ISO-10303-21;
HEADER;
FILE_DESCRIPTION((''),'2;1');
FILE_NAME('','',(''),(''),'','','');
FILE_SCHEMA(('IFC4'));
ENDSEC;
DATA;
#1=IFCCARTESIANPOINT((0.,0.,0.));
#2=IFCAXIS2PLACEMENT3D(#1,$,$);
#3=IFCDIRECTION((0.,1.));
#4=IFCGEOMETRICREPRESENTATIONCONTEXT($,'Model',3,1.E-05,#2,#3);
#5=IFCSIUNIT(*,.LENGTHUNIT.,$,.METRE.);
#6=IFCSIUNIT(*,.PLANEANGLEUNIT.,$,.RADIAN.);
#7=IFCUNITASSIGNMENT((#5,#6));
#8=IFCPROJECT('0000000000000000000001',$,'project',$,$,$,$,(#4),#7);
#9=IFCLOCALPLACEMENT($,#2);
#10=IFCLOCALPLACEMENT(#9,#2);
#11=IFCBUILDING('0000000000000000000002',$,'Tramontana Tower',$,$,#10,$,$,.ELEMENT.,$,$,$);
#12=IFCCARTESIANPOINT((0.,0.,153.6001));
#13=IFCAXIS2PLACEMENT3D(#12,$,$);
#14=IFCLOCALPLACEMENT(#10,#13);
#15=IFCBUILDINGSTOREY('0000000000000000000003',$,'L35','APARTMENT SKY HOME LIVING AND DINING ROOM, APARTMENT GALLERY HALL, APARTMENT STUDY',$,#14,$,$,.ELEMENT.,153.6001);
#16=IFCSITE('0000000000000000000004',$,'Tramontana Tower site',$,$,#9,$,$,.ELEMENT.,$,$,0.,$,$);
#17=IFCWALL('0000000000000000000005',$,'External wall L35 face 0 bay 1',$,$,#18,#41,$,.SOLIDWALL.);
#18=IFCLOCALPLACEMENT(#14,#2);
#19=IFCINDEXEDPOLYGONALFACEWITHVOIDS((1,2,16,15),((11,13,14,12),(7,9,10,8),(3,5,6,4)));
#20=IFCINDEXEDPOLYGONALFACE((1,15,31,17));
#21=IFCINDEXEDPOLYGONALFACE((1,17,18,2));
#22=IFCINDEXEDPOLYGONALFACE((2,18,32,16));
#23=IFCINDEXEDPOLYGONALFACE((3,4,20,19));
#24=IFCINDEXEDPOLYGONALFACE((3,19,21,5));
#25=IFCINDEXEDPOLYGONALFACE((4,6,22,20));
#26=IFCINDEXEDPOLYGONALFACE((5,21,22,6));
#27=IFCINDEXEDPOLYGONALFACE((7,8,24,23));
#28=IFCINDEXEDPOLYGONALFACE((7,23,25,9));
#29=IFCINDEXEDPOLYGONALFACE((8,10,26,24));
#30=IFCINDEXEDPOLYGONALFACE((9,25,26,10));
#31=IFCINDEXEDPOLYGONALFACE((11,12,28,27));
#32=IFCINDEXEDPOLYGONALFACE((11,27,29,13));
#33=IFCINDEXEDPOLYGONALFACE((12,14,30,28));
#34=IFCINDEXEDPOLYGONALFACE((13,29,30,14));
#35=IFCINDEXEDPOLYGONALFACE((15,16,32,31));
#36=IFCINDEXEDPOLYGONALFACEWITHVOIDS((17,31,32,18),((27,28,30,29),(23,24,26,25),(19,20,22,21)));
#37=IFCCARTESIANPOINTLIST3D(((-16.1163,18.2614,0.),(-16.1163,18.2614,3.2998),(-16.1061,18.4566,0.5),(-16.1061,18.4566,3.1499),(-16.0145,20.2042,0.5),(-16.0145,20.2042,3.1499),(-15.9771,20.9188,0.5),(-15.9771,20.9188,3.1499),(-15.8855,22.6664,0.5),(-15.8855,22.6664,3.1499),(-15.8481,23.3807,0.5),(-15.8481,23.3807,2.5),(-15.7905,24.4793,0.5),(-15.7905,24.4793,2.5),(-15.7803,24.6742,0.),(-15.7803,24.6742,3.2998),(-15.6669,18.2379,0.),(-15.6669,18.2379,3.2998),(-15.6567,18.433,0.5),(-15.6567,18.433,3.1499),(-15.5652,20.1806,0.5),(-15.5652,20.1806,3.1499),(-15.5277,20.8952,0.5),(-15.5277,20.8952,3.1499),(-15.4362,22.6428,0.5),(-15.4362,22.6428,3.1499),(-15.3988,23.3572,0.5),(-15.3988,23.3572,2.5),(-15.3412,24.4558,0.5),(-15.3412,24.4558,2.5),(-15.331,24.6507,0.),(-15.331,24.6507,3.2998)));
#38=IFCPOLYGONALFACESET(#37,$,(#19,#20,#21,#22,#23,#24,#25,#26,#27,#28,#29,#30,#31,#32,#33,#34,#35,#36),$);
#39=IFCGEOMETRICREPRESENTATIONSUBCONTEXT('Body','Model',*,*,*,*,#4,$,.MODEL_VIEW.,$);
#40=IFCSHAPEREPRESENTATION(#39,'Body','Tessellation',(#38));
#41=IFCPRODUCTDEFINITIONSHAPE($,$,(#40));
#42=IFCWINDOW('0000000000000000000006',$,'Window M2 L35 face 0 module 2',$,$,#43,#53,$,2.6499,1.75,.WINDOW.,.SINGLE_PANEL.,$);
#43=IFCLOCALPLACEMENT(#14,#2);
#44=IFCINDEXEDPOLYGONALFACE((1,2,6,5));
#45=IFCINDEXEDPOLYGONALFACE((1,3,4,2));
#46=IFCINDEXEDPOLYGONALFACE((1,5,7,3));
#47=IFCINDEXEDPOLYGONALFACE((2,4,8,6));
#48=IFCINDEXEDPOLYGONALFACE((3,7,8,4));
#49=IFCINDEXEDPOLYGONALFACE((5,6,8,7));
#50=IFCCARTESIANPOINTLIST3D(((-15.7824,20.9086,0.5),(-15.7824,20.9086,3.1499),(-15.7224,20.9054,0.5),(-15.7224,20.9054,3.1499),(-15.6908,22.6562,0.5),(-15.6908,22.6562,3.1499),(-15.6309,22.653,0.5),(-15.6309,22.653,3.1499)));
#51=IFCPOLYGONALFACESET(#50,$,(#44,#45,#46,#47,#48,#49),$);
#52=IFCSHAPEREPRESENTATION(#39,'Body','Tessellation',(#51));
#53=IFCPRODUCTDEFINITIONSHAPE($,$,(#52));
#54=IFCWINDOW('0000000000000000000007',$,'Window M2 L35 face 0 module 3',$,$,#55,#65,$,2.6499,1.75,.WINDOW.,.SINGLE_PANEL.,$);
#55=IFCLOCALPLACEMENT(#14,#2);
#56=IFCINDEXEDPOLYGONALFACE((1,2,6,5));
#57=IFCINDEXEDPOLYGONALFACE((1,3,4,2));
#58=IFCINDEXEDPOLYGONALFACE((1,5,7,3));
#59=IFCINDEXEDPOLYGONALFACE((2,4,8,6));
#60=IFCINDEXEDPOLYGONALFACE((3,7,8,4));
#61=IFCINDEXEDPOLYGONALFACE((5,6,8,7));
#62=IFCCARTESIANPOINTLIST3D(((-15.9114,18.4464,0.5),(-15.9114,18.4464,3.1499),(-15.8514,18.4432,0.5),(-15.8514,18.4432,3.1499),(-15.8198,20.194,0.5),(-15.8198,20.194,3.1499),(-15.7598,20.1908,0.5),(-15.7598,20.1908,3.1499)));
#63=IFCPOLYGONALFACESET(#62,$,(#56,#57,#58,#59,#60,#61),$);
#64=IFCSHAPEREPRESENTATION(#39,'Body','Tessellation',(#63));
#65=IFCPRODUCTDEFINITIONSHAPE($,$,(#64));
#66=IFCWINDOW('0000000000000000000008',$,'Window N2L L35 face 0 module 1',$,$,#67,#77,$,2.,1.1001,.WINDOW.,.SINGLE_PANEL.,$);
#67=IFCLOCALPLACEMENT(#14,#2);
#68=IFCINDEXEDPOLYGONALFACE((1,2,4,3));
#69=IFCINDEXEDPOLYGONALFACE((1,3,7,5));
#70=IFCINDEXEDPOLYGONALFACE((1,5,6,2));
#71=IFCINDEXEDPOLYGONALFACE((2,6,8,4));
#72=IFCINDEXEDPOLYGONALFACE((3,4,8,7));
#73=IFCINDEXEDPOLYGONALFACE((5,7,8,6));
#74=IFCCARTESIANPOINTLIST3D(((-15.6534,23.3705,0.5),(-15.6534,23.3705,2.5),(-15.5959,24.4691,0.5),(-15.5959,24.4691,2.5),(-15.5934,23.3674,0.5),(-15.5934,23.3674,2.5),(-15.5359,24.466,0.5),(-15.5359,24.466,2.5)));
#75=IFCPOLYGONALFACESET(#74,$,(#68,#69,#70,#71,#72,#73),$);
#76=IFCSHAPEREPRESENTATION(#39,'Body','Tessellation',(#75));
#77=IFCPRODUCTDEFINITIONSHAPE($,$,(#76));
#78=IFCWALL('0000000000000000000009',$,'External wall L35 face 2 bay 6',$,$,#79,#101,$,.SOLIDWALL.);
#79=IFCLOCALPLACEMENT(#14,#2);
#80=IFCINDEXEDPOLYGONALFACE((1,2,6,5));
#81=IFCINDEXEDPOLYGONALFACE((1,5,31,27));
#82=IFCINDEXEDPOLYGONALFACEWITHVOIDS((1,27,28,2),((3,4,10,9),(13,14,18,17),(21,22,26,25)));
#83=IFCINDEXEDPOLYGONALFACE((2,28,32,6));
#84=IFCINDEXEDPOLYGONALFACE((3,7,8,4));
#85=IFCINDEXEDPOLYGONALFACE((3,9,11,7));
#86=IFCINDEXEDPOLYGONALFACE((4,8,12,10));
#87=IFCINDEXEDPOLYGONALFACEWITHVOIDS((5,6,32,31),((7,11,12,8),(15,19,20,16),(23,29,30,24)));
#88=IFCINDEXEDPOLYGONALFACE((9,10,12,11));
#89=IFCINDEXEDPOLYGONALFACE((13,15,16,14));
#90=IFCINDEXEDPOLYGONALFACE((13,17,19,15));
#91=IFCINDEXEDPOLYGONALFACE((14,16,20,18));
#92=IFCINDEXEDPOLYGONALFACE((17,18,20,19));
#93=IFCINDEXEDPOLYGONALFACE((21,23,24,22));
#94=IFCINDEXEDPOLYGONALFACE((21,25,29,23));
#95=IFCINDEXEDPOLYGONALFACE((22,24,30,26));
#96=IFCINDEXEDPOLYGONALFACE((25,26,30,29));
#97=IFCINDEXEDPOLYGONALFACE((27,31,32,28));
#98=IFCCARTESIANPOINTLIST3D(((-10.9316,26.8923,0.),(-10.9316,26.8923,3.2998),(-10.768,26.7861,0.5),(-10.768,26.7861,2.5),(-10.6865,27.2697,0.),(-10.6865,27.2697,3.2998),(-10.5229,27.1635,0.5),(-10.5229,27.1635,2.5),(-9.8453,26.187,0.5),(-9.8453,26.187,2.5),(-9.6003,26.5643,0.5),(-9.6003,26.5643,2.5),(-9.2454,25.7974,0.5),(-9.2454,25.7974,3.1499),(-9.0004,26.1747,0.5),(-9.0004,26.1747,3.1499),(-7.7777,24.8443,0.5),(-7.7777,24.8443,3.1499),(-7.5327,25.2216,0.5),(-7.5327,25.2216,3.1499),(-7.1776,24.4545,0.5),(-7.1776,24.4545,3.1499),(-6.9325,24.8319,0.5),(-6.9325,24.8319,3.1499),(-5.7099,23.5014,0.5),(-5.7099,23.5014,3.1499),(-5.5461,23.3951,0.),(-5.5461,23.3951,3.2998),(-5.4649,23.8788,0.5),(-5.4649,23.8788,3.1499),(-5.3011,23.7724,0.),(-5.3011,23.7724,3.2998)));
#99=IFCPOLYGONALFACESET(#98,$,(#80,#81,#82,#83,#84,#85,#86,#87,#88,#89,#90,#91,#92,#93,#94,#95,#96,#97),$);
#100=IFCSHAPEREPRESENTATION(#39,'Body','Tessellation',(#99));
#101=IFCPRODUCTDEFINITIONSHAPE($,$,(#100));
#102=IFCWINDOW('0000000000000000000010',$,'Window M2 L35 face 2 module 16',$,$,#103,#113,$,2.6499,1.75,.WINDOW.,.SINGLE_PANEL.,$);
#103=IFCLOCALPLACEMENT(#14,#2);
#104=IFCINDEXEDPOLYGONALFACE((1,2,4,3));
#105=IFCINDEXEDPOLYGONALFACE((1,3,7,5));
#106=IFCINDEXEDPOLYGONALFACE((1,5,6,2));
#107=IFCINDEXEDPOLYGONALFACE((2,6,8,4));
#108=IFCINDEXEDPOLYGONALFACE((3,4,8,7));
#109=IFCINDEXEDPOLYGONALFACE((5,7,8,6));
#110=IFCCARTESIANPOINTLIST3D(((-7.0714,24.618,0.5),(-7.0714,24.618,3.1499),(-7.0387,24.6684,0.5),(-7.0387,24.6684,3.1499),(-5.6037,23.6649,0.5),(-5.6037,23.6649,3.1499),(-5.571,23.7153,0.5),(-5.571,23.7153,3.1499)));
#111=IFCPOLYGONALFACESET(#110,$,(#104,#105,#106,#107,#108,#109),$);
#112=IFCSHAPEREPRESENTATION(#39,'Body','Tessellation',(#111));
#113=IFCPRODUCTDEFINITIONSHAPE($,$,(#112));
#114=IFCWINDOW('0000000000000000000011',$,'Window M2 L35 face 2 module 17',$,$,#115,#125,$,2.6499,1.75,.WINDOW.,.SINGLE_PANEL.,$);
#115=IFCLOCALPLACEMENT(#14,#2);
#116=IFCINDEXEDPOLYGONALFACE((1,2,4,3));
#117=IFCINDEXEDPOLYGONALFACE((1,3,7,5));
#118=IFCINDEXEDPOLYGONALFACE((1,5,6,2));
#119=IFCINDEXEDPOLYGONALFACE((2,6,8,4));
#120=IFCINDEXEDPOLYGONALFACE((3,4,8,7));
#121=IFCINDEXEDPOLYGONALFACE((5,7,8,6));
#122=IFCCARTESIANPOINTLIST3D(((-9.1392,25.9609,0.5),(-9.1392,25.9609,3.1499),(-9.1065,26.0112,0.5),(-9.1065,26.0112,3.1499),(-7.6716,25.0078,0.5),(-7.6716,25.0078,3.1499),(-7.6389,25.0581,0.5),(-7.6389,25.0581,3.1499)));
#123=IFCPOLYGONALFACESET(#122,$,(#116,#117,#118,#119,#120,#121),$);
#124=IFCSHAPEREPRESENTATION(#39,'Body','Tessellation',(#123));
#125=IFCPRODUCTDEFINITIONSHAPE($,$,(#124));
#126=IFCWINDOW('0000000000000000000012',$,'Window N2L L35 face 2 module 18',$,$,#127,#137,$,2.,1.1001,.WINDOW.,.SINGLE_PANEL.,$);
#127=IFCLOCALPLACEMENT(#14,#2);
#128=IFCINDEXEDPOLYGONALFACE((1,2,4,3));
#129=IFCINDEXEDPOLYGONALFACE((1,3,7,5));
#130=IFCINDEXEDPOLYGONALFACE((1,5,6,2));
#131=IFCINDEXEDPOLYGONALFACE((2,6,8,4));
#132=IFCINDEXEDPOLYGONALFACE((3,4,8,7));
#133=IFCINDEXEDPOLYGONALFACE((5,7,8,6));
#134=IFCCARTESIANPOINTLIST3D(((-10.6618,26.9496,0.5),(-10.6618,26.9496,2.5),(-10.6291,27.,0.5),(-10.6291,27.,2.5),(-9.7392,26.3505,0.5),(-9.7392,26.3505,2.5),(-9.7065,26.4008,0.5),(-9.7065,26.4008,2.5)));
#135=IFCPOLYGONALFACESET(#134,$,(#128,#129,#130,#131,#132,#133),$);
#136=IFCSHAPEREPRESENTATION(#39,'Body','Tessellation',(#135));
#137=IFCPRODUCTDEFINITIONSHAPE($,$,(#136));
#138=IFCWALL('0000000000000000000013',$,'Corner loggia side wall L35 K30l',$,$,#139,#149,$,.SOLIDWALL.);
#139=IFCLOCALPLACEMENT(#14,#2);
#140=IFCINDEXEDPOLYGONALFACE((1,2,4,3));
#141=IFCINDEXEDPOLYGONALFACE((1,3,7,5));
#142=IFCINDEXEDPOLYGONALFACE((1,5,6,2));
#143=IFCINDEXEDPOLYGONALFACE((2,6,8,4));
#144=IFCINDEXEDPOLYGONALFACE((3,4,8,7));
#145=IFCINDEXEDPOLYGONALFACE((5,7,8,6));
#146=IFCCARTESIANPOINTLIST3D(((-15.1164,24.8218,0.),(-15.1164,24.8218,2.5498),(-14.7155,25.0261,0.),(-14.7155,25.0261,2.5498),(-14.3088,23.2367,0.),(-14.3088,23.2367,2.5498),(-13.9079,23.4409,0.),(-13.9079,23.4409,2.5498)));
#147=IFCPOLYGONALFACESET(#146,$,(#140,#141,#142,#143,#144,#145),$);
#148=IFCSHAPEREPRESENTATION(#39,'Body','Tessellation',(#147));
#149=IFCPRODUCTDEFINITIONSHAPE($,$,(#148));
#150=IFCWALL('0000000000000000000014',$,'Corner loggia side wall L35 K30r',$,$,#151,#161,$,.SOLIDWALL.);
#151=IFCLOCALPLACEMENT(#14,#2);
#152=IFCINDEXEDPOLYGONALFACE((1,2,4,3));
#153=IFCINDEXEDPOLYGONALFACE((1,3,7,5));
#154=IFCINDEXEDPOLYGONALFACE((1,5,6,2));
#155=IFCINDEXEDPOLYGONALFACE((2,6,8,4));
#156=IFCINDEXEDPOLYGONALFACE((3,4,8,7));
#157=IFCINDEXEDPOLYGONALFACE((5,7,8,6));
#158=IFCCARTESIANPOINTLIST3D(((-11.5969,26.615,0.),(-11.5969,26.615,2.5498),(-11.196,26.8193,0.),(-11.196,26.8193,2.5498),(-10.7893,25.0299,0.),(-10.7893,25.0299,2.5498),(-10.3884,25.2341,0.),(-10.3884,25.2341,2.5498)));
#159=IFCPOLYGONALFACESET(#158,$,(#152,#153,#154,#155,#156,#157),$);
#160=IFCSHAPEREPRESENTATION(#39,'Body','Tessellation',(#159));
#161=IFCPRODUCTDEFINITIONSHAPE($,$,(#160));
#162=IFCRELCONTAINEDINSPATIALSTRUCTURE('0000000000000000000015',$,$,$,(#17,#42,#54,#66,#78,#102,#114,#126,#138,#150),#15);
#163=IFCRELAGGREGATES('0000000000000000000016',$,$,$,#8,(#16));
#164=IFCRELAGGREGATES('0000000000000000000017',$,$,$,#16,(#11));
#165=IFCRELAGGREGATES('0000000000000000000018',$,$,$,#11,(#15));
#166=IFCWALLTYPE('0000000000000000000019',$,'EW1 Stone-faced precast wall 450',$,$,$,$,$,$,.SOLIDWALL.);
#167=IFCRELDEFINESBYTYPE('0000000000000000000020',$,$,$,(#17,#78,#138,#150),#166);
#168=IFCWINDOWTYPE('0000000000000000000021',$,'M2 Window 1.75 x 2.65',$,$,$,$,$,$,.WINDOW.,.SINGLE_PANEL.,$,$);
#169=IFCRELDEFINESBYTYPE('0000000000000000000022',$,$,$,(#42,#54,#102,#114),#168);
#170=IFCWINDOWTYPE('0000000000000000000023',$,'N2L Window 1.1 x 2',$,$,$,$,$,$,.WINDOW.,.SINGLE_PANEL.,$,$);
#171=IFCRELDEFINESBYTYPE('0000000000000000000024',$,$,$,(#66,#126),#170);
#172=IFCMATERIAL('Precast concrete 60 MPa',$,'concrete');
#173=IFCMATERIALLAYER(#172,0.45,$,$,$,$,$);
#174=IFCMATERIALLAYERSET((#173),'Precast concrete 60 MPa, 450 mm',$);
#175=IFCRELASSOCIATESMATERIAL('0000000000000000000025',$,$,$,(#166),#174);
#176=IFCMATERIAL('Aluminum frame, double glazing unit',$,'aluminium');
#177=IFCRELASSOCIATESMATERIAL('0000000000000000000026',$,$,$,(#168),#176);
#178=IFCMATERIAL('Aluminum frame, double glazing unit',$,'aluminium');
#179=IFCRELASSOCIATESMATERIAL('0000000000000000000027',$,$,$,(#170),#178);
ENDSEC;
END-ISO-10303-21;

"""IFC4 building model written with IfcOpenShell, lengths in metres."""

from ifc_helpers import new_model, si_unit, direction, frame, frame_2d, origin, place, context, subcontext, project, spatial, rectangle, extrude, material, layer, layer_set, type_object, element, fill, save


model = new_model("IFC4")

# Units and contexts
model_context = context("Model", 3, precision=1e-05, world=origin(), true_north=direction((0.0, 1.0)))
body_context = subcontext(model_context, "Body", "Model", "MODEL_VIEW")
ifc_project = project(units=[si_unit("LENGTHUNIT", "METRE"), si_unit("PLANEANGLEUNIT", "RADIAN")], contexts=[model_context])

# Site, building, storey
site_placement = place(None, origin())
site = spatial("IfcSite", under=ifc_project, at=site_placement, Name="Tramontana Tower site", CompositionType="ELEMENT", RefElevation=0.0)
building_placement = place(site_placement, origin())
building = spatial("IfcBuilding", under=site, at=building_placement, Name="Tramontana Tower", CompositionType="ELEMENT")
storey_placement = place(building_placement, frame((0.0, 0.0, 153.6001)))
storey = spatial("IfcBuildingStorey", under=building, at=storey_placement, Name="L35", Description="APARTMENT SKY HOME LIVING AND DINING ROOM, APARTMENT GALLERY HALL, APARTMENT STUDY", CompositionType="ELEMENT", Elevation=153.6001)

# Walls, openings, windows
ifc_material_1 = material(Name="Precast concrete 60 MPa", Category="concrete")
ifc_layer_1 = layer(ifc_material_1, 0.45)
ifc_layer_set_1 = layer_set([ifc_layer_1], Name="Precast concrete 60 MPa, 450 mm")
wall_type_1 = type_object("IfcWallType", Name="EW1 Stone-faced precast wall 450", PredefinedType="SOLIDWALL", material=ifc_layer_set_1)
wall_1_placement = place(storey_placement, frame((-15.5557, 24.6626, 0.0), z_axis=(0.0, 0.0, 1.0), x_axis=(-0.052313, -0.998631, 0.0)))
wall_1 = element("IfcWall", 1, at=wall_1_placement, inside=storey, type_object=wall_type_1, Name="External wall L35 face 0 bay 1", PredefinedType="SOLIDWALL", context=body_context, shape_type="SweptSolid", body=[
    extrude(rectangle(XDim=6.4216, YDim=0.45, at=frame_2d((3.2109, 0.0))), origin(), (0.0, 0.0, 1.0), 3.2998),
])
opening_1_placement = place(wall_1_placement, frame((0.1953, 0.0, 0.5)))
opening_1 = element("IfcOpeningElement", 2, at=opening_1_placement, cuts=wall_1, PredefinedType="OPENING", context=body_context, shape_type="SweptSolid", body=[
    extrude(rectangle(XDim=1.1001, YDim=2.0, at=frame_2d((0.55, 1.0))), frame((0.0, 0.2349, 0.0), z_axis=(0.0, -1.0, 0.0), x_axis=(1.0, 0.0, 0.0)), (0.0, 0.0, 1.0), 0.47),
])
opening_2_placement = place(wall_1_placement, frame((2.0107, 0.0, 0.5)))
opening_2 = element("IfcOpeningElement", 3, at=opening_2_placement, cuts=wall_1, PredefinedType="OPENING", context=body_context, shape_type="SweptSolid", body=[
    extrude(rectangle(XDim=1.75, YDim=2.6499, at=frame_2d((0.875, 1.325))), frame((0.0, 0.2349, 0.0), z_axis=(0.0, -1.0, 0.0), x_axis=(1.0, 0.0, 0.0)), (0.0, 0.0, 1.0), 0.47),
])
opening_3_placement = place(wall_1_placement, frame((4.4763, 0.0, 0.5)))
opening_3 = element("IfcOpeningElement", 4, at=opening_3_placement, cuts=wall_1, PredefinedType="OPENING", context=body_context, shape_type="SweptSolid", body=[
    extrude(rectangle(XDim=1.75, YDim=2.6499, at=frame_2d((0.875, 1.325))), frame((0.0, 0.2349, 0.0), z_axis=(0.0, -1.0, 0.0), x_axis=(1.0, 0.0, 0.0)), (0.0, 0.0, 1.0), 0.47),
])
ifc_material_2 = material(Name="Aluminum frame, double glazing unit", Category="aluminium")
window_type_1 = type_object("IfcWindowType", Name="M2 Window 1.75 x 2.65", PartitioningType="SINGLE_PANEL", PredefinedType="WINDOW", material=ifc_material_2)
window_1_placement = place(opening_2_placement, origin())
window_1 = element("IfcWindow", 5, at=window_1_placement, inside=storey, type_object=window_type_1, Name="Window M2 L35 face 0 module 2", OverallHeight=2.6499, OverallWidth=1.75, PartitioningType="SINGLE_PANEL", PredefinedType="WINDOW", context=body_context, shape_type="SweptSolid", body=[
    extrude(rectangle(XDim=1.75, YDim=2.6499, at=frame_2d((0.875, 1.325))), frame((0.0, 0.03, 0.0), z_axis=(0.0, -1.0, 0.0), x_axis=(1.0, 0.0, 0.0)), (0.0, 0.0, 1.0), 0.0601),
])
fill(opening_2, window_1)
window_2_placement = place(opening_3_placement, origin())
window_2 = element("IfcWindow", 6, at=window_2_placement, inside=storey, type_object=window_type_1, Name="Window M2 L35 face 0 module 3", OverallHeight=2.6499, OverallWidth=1.75, PartitioningType="SINGLE_PANEL", PredefinedType="WINDOW", context=body_context, shape_type="SweptSolid", body=[
    extrude(rectangle(XDim=1.75, YDim=2.6499, at=frame_2d((0.875, 1.325))), frame((0.0, 0.03, 0.0), z_axis=(0.0, -1.0, 0.0), x_axis=(1.0, 0.0, 0.0)), (0.0, 0.0, 1.0), 0.0601),
])
fill(opening_3, window_2)
ifc_material_3 = material(Name="Aluminum frame, double glazing unit", Category="aluminium")
window_type_2 = type_object("IfcWindowType", Name="N2L Window 1.1 x 2", PartitioningType="SINGLE_PANEL", PredefinedType="WINDOW", material=ifc_material_3)
window_3_placement = place(opening_1_placement, origin())
window_3 = element("IfcWindow", 7, at=window_3_placement, inside=storey, type_object=window_type_2, Name="Window N2L L35 face 0 module 1", OverallHeight=2.0, OverallWidth=1.1001, PartitioningType="SINGLE_PANEL", PredefinedType="WINDOW", context=body_context, shape_type="SweptSolid", body=[
    extrude(rectangle(XDim=1.1001, YDim=2.0, at=frame_2d((0.55, 1.0))), frame((0.0, 0.03, 0.0), z_axis=(0.0, -1.0, 0.0), x_axis=(1.0, 0.0, 0.0)), (0.0, 0.0, 1.0), 0.0601),
])
fill(opening_1, window_3)
wall_2_placement = place(storey_placement, frame((-5.4236, 23.5837, 0.0), z_axis=(0.0, 0.0, 1.0), x_axis=(-0.838675, 0.544631, 0.0)))
wall_2 = element("IfcWall", 8, at=wall_2_placement, inside=storey, type_object=wall_type_1, Name="External wall L35 face 2 bay 6", PredefinedType="SOLIDWALL", context=body_context, shape_type="SweptSolid", body=[
    extrude(rectangle(XDim=6.4214, YDim=0.45, at=frame_2d((3.2107, 0.0))), origin(), (0.0, 0.0, 1.0), 3.2998),
])
opening_4_placement = place(wall_2_placement, frame((0.1953, 0.0, 0.5)))
opening_4 = element("IfcOpeningElement", 9, at=opening_4_placement, cuts=wall_2, PredefinedType="OPENING", context=body_context, shape_type="SweptSolid", body=[
    extrude(rectangle(XDim=1.75, YDim=2.6499, at=frame_2d((0.875, 1.325))), frame((0.0, 0.2349, 0.0), z_axis=(0.0, -1.0, 0.0), x_axis=(1.0, 0.0, 0.0)), (0.0, 0.0, 1.0), 0.47),
])
opening_5_placement = place(wall_2_placement, frame((2.6609, 0.0, 0.5)))
opening_5 = element("IfcOpeningElement", 10, at=opening_5_placement, cuts=wall_2, PredefinedType="OPENING", context=body_context, shape_type="SweptSolid", body=[
    extrude(rectangle(XDim=1.75, YDim=2.6499, at=frame_2d((0.875, 1.325))), frame((0.0, 0.2349, 0.0), z_axis=(0.0, -1.0, 0.0), x_axis=(1.0, 0.0, 0.0)), (0.0, 0.0, 1.0), 0.47),
])
opening_6_placement = place(wall_2_placement, frame((5.1262, 0.0, 0.5)))
opening_6 = element("IfcOpeningElement", 11, at=opening_6_placement, cuts=wall_2, PredefinedType="OPENING", context=body_context, shape_type="SweptSolid", body=[
    extrude(rectangle(XDim=1.1001, YDim=2.0, at=frame_2d((0.55, 1.0))), frame((0.0, 0.2349, 0.0), z_axis=(0.0, -1.0, 0.0), x_axis=(1.0, 0.0, 0.0)), (0.0, 0.0, 1.0), 0.47),
])
window_4_placement = place(opening_4_placement, origin())
window_4 = element("IfcWindow", 12, at=window_4_placement, inside=storey, type_object=window_type_1, Name="Window M2 L35 face 2 module 16", OverallHeight=2.6499, OverallWidth=1.75, PartitioningType="SINGLE_PANEL", PredefinedType="WINDOW", context=body_context, shape_type="SweptSolid", body=[
    extrude(rectangle(XDim=1.75, YDim=2.6499, at=frame_2d((0.875, 1.325))), frame((0.0, 0.03, 0.0), z_axis=(0.0, -1.0, 0.0), x_axis=(1.0, 0.0, 0.0)), (0.0, 0.0, 1.0), 0.0601),
])
fill(opening_4, window_4)
window_5_placement = place(opening_5_placement, origin())
window_5 = element("IfcWindow", 13, at=window_5_placement, inside=storey, type_object=window_type_1, Name="Window M2 L35 face 2 module 17", OverallHeight=2.6499, OverallWidth=1.75, PartitioningType="SINGLE_PANEL", PredefinedType="WINDOW", context=body_context, shape_type="SweptSolid", body=[
    extrude(rectangle(XDim=1.75, YDim=2.6499, at=frame_2d((0.875, 1.325))), frame((0.0, 0.03, 0.0), z_axis=(0.0, -1.0, 0.0), x_axis=(1.0, 0.0, 0.0)), (0.0, 0.0, 1.0), 0.0601),
])
fill(opening_5, window_5)
window_6_placement = place(opening_6_placement, origin())
window_6 = element("IfcWindow", 14, at=window_6_placement, inside=storey, type_object=window_type_2, Name="Window N2L L35 face 2 module 18", OverallHeight=2.0, OverallWidth=1.1001, PartitioningType="SINGLE_PANEL", PredefinedType="WINDOW", context=body_context, shape_type="SweptSolid", body=[
    extrude(rectangle(XDim=1.1001, YDim=2.0, at=frame_2d((0.55, 1.0))), frame((0.0, 0.03, 0.0), z_axis=(0.0, -1.0, 0.0), x_axis=(1.0, 0.0, 0.0)), (0.0, 0.0, 1.0), 0.0601),
])
fill(opening_6, window_6)

# Walls
for number, where, z_axis, x_axis, name in (
    (15, (-14.916, 24.9241, 0.0), (0.0, 0.0, 1.0), (0.453953, -0.891026, 0.0), "Corner loggia side wall L35 K30l"),
    (16, (-11.3965, 26.7173, 0.0), (0.0, 0.0, 1.0), (0.453953, -0.891026, 0.0), "Corner loggia side wall L35 K30r"),
):
    element("IfcWall", number, at=place(storey_placement, frame(where, z_axis=z_axis, x_axis=x_axis)), inside=storey, type_object=wall_type_1, Name=name, PredefinedType="SOLIDWALL", context=body_context, shape_type="SweptSolid", body=[
        extrude(rectangle(XDim=1.7791, YDim=0.45, at=frame_2d((0.8896, 0.0))), origin(), (0.0, 0.0, 1.0), 2.5498),
    ])

save(model, "model.ifc")
